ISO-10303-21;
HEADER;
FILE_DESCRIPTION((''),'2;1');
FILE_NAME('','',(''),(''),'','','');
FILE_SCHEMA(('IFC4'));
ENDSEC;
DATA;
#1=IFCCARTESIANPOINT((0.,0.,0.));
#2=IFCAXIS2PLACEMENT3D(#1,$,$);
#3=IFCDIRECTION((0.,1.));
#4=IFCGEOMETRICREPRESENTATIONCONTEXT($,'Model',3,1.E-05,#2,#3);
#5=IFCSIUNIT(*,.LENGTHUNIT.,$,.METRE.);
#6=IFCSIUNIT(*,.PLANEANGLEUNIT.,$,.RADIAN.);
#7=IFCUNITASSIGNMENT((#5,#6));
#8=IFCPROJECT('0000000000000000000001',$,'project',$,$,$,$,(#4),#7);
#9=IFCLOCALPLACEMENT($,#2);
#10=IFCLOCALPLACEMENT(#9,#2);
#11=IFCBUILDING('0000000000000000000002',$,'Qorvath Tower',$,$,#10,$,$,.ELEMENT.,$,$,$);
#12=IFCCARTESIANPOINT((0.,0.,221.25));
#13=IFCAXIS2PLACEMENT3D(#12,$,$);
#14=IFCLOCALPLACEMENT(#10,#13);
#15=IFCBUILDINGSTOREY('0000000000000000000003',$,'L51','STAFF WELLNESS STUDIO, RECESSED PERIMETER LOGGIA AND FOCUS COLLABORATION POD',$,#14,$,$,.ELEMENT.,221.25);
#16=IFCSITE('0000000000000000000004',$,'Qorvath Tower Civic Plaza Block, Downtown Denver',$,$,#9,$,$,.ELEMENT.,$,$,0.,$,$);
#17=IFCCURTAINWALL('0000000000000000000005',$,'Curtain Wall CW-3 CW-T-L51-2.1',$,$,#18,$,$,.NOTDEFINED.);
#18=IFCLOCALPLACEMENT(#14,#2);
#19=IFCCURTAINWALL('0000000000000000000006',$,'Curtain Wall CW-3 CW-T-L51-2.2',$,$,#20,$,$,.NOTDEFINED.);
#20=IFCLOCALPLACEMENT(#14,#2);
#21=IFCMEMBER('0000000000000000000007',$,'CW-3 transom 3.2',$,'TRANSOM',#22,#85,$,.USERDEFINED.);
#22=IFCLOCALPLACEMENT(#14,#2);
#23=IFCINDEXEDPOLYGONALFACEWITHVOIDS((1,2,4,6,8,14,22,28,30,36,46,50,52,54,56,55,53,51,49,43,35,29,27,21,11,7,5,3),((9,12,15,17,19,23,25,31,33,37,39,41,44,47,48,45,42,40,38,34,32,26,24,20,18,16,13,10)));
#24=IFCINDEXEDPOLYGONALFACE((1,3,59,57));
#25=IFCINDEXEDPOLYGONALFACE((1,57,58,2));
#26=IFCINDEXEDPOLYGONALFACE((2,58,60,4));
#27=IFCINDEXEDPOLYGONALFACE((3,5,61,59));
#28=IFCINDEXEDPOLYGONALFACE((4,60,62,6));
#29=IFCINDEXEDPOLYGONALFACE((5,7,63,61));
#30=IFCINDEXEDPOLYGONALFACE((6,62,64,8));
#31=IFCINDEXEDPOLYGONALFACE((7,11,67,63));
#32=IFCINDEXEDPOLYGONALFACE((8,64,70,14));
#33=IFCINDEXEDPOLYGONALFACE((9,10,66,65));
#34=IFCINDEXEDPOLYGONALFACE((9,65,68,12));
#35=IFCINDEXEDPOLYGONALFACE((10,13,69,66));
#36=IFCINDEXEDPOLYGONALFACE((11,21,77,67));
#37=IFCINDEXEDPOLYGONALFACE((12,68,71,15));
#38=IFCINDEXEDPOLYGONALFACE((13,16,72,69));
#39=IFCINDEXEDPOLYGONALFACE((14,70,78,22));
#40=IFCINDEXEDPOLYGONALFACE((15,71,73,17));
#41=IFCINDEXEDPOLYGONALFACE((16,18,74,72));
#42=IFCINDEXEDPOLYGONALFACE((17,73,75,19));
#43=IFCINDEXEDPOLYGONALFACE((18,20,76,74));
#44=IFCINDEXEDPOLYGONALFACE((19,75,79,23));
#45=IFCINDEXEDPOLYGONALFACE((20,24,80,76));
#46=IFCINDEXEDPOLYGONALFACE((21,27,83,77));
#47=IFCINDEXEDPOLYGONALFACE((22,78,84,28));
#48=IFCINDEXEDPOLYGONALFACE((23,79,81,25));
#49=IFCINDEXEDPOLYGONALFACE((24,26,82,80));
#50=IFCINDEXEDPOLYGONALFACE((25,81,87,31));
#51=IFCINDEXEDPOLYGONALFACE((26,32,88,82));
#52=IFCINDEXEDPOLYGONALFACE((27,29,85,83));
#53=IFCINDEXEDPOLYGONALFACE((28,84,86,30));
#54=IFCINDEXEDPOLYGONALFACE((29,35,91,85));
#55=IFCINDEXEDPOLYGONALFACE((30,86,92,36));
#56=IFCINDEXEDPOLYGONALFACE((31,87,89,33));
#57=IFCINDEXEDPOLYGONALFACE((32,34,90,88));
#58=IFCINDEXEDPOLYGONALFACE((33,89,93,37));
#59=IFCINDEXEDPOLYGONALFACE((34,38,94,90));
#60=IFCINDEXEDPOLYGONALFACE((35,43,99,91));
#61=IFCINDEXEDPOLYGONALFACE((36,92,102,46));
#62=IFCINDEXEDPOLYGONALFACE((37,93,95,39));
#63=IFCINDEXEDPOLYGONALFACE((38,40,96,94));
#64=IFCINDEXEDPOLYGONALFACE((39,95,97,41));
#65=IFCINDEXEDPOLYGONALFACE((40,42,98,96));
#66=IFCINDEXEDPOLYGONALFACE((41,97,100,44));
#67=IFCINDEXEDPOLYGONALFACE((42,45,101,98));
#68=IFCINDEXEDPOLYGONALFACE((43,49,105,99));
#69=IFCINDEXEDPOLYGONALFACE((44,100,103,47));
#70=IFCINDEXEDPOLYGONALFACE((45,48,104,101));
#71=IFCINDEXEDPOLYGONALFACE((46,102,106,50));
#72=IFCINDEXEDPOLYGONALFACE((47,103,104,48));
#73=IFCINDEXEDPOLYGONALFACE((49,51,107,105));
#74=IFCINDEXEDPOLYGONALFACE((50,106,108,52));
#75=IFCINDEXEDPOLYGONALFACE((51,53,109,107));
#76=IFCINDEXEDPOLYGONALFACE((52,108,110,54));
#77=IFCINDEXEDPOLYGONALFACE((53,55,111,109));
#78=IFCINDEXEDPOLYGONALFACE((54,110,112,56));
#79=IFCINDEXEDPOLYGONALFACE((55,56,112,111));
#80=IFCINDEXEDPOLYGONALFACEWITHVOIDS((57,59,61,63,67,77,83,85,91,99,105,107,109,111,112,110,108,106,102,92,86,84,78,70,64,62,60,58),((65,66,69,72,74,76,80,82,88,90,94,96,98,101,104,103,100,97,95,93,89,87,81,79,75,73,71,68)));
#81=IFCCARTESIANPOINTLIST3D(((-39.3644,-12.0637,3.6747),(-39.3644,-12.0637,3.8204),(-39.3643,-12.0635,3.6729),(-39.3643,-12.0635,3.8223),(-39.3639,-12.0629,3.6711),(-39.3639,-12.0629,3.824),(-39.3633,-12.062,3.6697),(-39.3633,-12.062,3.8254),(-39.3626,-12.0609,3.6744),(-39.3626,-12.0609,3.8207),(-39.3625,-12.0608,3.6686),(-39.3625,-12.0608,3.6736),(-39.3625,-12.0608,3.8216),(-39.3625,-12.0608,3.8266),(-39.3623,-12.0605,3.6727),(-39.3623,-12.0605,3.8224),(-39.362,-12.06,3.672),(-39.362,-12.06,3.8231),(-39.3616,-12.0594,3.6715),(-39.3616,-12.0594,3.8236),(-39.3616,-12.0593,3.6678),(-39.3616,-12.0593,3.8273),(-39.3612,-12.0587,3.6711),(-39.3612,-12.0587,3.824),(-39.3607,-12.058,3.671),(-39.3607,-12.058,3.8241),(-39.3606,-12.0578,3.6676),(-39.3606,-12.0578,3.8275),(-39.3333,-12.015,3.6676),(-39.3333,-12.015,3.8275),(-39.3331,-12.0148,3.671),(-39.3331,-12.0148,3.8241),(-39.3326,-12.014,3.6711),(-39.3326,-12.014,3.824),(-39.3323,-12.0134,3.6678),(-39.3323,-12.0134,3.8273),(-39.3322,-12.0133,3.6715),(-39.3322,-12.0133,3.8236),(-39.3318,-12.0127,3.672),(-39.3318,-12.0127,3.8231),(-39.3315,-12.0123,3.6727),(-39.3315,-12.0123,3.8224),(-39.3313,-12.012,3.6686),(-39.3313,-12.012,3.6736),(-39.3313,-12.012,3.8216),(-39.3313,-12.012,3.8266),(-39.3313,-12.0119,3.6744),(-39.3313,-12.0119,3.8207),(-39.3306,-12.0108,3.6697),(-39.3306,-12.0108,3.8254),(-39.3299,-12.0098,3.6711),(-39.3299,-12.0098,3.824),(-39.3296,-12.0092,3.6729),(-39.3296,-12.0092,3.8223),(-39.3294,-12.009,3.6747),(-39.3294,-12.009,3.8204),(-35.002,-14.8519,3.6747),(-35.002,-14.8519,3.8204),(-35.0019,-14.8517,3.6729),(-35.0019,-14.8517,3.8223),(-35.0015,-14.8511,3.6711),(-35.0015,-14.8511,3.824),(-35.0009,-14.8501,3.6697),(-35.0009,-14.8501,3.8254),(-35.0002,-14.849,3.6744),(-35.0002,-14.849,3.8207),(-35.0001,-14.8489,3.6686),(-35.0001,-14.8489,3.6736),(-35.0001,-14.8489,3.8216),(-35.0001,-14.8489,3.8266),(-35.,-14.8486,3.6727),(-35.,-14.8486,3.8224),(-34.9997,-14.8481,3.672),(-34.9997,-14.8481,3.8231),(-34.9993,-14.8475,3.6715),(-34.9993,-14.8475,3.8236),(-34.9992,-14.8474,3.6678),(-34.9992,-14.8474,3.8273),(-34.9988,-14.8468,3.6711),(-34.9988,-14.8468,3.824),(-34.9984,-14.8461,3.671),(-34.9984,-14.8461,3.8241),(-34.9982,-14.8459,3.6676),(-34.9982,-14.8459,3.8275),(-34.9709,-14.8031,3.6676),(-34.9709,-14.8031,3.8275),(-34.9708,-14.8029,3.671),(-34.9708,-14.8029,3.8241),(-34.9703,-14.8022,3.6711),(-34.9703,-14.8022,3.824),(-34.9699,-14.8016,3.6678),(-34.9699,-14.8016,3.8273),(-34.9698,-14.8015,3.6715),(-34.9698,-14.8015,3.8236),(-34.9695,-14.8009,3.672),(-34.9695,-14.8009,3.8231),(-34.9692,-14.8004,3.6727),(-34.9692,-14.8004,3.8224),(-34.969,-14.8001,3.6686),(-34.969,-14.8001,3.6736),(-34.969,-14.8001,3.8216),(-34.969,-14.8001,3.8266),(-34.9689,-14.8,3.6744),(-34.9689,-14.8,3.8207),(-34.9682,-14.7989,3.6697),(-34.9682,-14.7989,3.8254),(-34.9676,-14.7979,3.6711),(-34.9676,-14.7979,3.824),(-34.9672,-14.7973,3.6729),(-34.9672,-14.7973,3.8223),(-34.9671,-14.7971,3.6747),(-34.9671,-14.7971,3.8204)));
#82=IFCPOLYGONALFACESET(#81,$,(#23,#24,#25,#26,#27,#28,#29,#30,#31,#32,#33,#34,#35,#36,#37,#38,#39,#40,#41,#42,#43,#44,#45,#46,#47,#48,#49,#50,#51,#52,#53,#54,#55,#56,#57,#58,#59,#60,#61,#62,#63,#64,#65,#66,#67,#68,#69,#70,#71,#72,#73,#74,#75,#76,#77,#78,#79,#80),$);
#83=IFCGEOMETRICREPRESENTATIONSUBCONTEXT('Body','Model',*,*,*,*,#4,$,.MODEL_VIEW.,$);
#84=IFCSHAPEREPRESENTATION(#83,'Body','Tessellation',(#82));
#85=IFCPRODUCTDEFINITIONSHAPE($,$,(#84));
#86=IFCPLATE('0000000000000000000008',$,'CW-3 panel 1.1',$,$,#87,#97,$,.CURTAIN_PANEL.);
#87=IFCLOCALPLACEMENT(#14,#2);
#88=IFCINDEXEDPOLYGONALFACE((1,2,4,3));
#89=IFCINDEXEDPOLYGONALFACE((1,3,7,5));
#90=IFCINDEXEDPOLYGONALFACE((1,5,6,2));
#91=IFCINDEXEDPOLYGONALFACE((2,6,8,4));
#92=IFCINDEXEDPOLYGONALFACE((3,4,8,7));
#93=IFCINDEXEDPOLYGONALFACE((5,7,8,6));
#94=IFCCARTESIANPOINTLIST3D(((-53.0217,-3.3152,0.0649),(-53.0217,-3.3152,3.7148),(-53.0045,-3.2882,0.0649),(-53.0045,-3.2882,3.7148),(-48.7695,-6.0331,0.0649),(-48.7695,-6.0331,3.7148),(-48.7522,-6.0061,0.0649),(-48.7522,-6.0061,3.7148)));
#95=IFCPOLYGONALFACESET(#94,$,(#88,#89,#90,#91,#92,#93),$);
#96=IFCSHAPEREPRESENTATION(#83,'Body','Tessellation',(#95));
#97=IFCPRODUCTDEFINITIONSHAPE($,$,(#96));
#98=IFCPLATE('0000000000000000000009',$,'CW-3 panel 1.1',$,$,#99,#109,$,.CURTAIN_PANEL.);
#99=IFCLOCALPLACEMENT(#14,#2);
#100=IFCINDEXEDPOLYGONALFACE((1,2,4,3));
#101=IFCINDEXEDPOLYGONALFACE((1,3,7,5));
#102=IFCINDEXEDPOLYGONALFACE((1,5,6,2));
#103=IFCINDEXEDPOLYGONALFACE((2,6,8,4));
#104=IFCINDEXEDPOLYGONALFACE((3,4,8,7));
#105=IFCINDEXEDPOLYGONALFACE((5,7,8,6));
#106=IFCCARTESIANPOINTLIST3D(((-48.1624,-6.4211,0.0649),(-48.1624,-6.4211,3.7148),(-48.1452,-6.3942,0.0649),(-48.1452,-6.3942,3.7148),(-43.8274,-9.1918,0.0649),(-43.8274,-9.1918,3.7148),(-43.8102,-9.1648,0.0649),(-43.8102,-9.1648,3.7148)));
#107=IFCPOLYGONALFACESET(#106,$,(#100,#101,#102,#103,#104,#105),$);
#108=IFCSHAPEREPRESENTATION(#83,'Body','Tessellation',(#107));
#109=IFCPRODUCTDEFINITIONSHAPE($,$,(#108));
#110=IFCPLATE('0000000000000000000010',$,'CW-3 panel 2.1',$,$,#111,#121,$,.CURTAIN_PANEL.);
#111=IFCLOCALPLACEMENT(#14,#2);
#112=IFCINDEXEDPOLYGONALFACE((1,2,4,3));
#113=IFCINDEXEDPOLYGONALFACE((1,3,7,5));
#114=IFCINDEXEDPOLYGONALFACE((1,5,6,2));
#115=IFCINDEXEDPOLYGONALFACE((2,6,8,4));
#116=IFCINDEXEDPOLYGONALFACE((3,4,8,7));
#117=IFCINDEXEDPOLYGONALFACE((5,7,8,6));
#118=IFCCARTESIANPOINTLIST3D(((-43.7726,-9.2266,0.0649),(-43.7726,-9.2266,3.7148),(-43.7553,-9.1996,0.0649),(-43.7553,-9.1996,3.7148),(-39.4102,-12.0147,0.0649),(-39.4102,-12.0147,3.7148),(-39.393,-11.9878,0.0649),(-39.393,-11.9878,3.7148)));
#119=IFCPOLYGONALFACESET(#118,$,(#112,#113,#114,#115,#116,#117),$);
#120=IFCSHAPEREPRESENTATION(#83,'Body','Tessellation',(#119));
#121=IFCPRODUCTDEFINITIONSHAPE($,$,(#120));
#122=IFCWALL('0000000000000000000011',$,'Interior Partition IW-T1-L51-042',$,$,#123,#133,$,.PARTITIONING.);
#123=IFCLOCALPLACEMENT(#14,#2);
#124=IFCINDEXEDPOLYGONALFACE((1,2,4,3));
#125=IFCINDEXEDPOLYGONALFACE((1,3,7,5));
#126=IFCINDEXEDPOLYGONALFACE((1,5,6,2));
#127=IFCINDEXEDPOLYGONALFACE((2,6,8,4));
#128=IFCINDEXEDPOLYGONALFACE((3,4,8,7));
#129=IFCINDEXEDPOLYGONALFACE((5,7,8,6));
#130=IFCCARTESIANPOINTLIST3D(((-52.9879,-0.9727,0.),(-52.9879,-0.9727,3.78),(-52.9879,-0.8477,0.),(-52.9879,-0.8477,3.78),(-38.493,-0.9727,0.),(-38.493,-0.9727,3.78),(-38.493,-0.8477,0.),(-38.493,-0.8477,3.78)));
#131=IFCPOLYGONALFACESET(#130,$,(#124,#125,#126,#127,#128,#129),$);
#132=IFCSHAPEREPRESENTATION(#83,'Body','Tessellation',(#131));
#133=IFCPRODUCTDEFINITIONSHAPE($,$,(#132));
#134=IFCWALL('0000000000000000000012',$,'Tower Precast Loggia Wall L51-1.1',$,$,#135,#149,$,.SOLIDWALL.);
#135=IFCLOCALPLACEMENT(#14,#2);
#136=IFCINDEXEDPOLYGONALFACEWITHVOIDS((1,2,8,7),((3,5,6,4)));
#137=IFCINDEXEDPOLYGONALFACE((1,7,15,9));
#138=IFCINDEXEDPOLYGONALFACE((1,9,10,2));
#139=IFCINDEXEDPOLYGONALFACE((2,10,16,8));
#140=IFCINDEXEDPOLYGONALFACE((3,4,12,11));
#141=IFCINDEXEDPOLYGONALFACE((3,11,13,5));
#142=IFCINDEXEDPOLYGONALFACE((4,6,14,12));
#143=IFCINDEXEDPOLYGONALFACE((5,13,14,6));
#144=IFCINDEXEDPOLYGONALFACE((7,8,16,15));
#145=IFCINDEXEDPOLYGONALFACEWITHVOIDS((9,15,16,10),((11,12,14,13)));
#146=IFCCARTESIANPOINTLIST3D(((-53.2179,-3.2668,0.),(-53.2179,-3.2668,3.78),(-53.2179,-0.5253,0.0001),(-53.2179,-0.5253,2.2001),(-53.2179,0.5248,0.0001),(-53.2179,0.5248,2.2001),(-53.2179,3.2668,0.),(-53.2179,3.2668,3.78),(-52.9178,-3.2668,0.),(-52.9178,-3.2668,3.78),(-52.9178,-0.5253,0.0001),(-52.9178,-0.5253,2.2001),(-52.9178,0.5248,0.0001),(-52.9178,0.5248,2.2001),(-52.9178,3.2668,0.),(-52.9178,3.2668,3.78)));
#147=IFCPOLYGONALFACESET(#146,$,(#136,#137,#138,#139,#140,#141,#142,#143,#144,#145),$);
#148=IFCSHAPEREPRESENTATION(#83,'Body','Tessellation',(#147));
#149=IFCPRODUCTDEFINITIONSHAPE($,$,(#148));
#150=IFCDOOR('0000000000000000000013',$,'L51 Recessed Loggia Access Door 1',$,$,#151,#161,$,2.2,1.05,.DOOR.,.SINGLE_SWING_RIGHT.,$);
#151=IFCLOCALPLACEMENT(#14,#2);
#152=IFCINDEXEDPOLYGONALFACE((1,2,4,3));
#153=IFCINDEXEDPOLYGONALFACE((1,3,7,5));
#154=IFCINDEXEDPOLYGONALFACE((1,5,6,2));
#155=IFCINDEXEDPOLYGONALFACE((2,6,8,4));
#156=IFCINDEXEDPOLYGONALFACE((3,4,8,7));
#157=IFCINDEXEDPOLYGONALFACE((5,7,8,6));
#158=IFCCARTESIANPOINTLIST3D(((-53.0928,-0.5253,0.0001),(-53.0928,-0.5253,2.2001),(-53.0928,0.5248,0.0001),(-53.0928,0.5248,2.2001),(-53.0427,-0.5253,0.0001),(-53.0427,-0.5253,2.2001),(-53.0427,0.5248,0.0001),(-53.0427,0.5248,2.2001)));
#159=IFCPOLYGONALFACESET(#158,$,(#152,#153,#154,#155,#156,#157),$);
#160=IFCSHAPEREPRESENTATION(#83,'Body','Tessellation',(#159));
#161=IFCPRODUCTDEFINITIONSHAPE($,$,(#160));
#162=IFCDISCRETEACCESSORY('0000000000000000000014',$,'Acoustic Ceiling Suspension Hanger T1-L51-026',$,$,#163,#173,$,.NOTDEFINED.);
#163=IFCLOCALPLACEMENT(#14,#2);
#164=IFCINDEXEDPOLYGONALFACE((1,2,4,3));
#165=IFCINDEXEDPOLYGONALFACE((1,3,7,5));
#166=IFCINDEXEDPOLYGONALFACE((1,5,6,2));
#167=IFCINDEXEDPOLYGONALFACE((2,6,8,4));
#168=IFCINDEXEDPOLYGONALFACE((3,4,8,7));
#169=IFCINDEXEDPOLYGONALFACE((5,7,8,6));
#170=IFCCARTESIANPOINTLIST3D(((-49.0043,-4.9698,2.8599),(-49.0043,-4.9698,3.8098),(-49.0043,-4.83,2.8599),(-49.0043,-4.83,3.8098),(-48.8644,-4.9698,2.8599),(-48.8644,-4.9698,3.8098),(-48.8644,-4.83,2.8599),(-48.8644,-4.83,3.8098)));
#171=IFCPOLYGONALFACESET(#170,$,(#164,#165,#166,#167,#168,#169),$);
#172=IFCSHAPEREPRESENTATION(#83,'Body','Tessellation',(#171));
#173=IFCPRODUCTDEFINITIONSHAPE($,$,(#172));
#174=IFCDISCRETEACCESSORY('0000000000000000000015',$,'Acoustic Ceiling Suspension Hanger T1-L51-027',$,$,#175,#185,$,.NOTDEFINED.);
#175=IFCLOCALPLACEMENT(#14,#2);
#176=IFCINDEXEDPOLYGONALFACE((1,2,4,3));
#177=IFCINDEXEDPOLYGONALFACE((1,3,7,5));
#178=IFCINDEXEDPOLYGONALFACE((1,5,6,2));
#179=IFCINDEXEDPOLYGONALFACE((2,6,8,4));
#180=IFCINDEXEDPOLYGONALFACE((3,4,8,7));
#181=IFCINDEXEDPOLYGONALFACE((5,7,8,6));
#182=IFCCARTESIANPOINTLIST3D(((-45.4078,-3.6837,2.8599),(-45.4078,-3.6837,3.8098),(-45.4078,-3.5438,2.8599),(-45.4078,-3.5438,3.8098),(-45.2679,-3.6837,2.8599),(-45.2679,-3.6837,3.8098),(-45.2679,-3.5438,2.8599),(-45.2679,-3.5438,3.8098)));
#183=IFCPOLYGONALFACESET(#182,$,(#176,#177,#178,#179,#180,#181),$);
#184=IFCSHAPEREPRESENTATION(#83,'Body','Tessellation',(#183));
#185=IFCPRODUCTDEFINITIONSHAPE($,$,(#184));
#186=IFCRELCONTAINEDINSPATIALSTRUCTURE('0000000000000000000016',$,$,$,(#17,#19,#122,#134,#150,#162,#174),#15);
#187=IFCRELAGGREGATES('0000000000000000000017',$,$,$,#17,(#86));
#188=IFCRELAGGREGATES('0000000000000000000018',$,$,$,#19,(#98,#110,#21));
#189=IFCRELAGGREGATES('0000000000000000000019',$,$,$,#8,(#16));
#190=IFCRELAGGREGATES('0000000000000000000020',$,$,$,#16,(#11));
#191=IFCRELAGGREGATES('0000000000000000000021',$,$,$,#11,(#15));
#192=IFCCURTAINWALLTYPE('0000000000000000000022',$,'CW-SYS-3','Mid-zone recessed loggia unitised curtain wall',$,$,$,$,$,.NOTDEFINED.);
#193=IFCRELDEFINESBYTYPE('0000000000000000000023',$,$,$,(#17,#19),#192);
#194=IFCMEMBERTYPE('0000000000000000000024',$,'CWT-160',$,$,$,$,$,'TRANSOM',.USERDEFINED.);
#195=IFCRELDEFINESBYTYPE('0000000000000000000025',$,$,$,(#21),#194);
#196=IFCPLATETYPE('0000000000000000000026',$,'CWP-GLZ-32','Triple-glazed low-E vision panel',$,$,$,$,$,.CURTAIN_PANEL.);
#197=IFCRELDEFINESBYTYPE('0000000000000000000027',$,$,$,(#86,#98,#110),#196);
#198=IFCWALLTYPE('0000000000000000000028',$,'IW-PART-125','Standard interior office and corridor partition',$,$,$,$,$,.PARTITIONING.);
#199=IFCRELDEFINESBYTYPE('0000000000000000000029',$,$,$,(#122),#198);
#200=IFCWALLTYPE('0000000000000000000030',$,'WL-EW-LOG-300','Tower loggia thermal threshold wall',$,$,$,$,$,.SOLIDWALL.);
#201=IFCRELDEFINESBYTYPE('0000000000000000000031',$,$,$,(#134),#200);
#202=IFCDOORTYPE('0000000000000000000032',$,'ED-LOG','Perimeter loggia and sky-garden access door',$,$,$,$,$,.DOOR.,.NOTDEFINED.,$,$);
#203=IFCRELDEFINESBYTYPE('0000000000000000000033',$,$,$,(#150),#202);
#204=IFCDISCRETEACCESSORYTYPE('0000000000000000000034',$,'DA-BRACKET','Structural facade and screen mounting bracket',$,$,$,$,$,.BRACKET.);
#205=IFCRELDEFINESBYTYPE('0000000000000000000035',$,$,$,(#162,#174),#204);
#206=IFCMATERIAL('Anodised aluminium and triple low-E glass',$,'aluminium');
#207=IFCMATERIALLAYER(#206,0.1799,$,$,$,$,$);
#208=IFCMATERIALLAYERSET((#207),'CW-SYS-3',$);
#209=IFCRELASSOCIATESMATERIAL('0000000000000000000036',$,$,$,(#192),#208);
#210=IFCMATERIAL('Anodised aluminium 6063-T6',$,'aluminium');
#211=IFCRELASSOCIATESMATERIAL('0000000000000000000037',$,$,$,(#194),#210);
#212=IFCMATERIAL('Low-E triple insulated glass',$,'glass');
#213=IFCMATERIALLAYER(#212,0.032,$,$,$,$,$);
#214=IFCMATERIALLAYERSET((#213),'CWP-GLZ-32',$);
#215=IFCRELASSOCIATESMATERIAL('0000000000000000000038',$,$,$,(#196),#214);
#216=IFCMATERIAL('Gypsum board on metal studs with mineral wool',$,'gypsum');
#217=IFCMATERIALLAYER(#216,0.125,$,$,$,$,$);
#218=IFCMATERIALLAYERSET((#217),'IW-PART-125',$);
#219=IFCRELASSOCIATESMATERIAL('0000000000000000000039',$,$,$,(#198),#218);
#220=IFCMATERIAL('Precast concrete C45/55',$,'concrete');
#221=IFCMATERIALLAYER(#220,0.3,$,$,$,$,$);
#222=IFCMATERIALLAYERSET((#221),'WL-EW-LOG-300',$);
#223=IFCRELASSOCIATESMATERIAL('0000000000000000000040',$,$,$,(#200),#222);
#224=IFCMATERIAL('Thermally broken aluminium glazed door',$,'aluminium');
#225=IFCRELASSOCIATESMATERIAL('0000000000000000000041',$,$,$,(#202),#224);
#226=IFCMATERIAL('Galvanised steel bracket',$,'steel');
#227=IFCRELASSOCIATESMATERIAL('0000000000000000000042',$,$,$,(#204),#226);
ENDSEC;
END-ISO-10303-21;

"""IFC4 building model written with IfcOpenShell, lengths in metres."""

from ifc_helpers import new_model, si_unit, direction, frame, frame_2d, origin, origin_2d, place, context, subcontext, project, spatial, rectangle, hollow_rectangle, extrude, material, layer, layer_set, material_profile, profile_set, type_object, element, fill, aggregate, save


model = new_model("IFC4")

# Units and contexts
model_context = context("Model", 3, precision=1e-05, world=origin(), true_north=direction((0.0, 1.0)))
body_context = subcontext(model_context, "Body", "Model", "MODEL_VIEW")
ifc_project = project(units=[si_unit("LENGTHUNIT", "METRE"), si_unit("PLANEANGLEUNIT", "RADIAN")], contexts=[model_context])

# Site, building, storey
site_placement = place(None, origin())
site = spatial("IfcSite", under=ifc_project, at=site_placement, Name="Qorvath Tower Civic Plaza Block, Downtown Denver", CompositionType="ELEMENT", RefElevation=0.0)
building_placement = place(site_placement, origin())
building = spatial("IfcBuilding", under=site, at=building_placement, Name="Qorvath Tower", CompositionType="ELEMENT")
storey_placement = place(building_placement, frame((0.0, 0.0, 221.25)))
storey = spatial("IfcBuildingStorey", under=building, at=storey_placement, Name="L51", Description="STAFF WELLNESS STUDIO, RECESSED PERIMETER LOGGIA AND FOCUS COLLABORATION POD", CompositionType="ELEMENT", Elevation=221.25)

# Curtain walls
ifc_material_1 = material(Name="Anodised aluminium and triple low-E glass", Category="aluminium")
ifc_layer_1 = layer(ifc_material_1, 0.1799)
ifc_layer_set_1 = layer_set([ifc_layer_1], Name="CW-SYS-3")
curtain_wall_type = type_object("IfcCurtainWallType", Name="CW-SYS-3", Description="Mid-zone recessed loggia unitised curtain wall", PredefinedType="NOTDEFINED", material=ifc_layer_set_1)
curtain_wall_1_placement = place(storey_placement, origin())
curtain_wall_1 = element("IfcCurtainWall", 1, at=curtain_wall_1_placement, inside=storey, type_object=curtain_wall_type, Name="Curtain Wall CW-3 CW-T-L51-2.1", PredefinedType="NOTDEFINED")
curtain_wall_2_placement = place(storey_placement, origin())
curtain_wall_2 = element("IfcCurtainWall", 2, at=curtain_wall_2_placement, inside=storey, type_object=curtain_wall_type, Name="Curtain Wall CW-3 CW-T-L51-2.2", PredefinedType="NOTDEFINED")

# Member
ifc_material_2 = material(Name="Anodised aluminium 6063-T6", Category="aluminium")
ifc_material_profile_1 = material_profile(ifc_material_2, hollow_rectangle(XDim=0.0649, YDim=0.1599, WallThickness=0.0034, InnerFilletRadius=0.0034, OuterFilletRadius=0.0071, at=origin_2d()), Name="CWT 160x65")
ifc_profile_set_1 = profile_set([ifc_material_profile_1], Name="Anodised aluminium 6063-T6")
member_type_1 = type_object("IfcMemberType", Name="CWT-160", ElementType="TRANSOM", PredefinedType="USERDEFINED", material=ifc_profile_set_1)
member_1_placement = place(storey_placement, frame((-39.3469, -12.0364, 3.7476), z_axis=(0.842604, -0.538534, 0.0), x_axis=(0.538534, 0.842604, 0.0)))
member_1 = element("IfcMember", 3, at=member_1_placement, type_object=member_type_1, Name="CW-3 transom 3.2", ObjectType="TRANSOM", PredefinedType="USERDEFINED", context=body_context, shape_type="SweptSolid", body=[
    extrude(hollow_rectangle(XDim=0.0649, YDim=0.1599, WallThickness=0.0034, InnerFilletRadius=0.0034, OuterFilletRadius=0.0071, at=origin_2d()), origin(), (0.0, 0.0, 1.0), 5.1772),
])

# Plates
ifc_material_3 = material(Name="Low-E triple insulated glass", Category="glass")
ifc_layer_2 = layer(ifc_material_3, 0.032)
ifc_layer_set_2 = layer_set([ifc_layer_2], Name="CWP-GLZ-32")
plate_type = type_object("IfcPlateType", Name="CWP-GLZ-32", Description="Triple-glazed low-E vision panel", PredefinedType="CURTAIN_PANEL", material=ifc_layer_set_2)
plate_1_placement = place(storey_placement, frame((-50.887, -4.6606, 0.0649), z_axis=(0.0, 0.0, 1.0), x_axis=(0.842592, -0.538553, 0.0)))
plate_1 = element("IfcPlate", 4, at=plate_1_placement, type_object=plate_type, Name="CW-3 panel 1.1", PredefinedType="CURTAIN_PANEL", context=body_context, shape_type="SweptSolid", body=[
    extrude(rectangle(XDim=5.0466, YDim=0.032, at=origin_2d()), origin(), (0.0, 0.0, 1.0), 3.6499),
])
aggregate(curtain_wall_1, [plate_1])
plate_2_placement = place(storey_placement, frame((-45.9863, -7.793, 0.0649), z_axis=(0.0, 0.0, 1.0), x_axis=(0.842603, -0.538535, 0.0)))
plate_2 = element("IfcPlate", 5, at=plate_2_placement, type_object=plate_type, Name="CW-3 panel 1.1", PredefinedType="CURTAIN_PANEL", context=body_context, shape_type="SweptSolid", body=[
    extrude(rectangle(XDim=5.1448, YDim=0.032, at=origin_2d()), origin(), (0.0, 0.0, 1.0), 3.6499),
])
plate_3_placement = place(storey_placement, frame((-41.5828, -10.6072, 0.0649), z_axis=(0.0, 0.0, 1.0), x_axis=(0.842603, -0.538535, 0.0)))
plate_3 = element("IfcPlate", 6, at=plate_3_placement, type_object=plate_type, Name="CW-3 panel 2.1", PredefinedType="CURTAIN_PANEL", context=body_context, shape_type="SweptSolid", body=[
    extrude(rectangle(XDim=5.1772, YDim=0.032, at=origin_2d()), origin(), (0.0, 0.0, 1.0), 3.6499),
])
aggregate(curtain_wall_2, [plate_2, plate_3, member_1])

# Wall
ifc_material_4 = material(Name="Gypsum board on metal studs with mineral wool", Category="gypsum")
ifc_layer_3 = layer(ifc_material_4, 0.125)
ifc_layer_set_3 = layer_set([ifc_layer_3], Name="IW-PART-125")
wall_type_1 = type_object("IfcWallType", Name="IW-PART-125", Description="Standard interior office and corridor partition", PredefinedType="PARTITIONING", material=ifc_layer_set_3)
wall_1_placement = place(storey_placement, frame((-38.4929, -0.9102, 0.0), z_axis=(0.0, 0.0, 1.0), x_axis=(-1.0, 0.0, 0.0)))
element("IfcWall", 7, at=wall_1_placement, inside=storey, type_object=wall_type_1, Name="Interior Partition IW-T1-L51-042", PredefinedType="PARTITIONING", context=body_context, shape_type="SweptSolid", body=[
    extrude(rectangle(XDim=14.4949, YDim=0.125, at=frame_2d((7.2476, 0.0))), origin(), (0.0, 0.0, 1.0), 3.78),
])

# Wall, opening, door
ifc_material_5 = material(Name="Precast concrete C45/55", Category="concrete")
ifc_layer_4 = layer(ifc_material_5, 0.3)
ifc_layer_set_4 = layer_set([ifc_layer_4], Name="WL-EW-LOG-300")
wall_type_2 = type_object("IfcWallType", Name="WL-EW-LOG-300", Description="Tower loggia thermal threshold wall", PredefinedType="SOLIDWALL", material=ifc_layer_set_4)
wall_2_placement = place(storey_placement, frame((-53.0679, -3.2668, 0.0), z_axis=(0.0, 0.0, 1.0), x_axis=(0.0, 1.0, 0.0)))
wall_2 = element("IfcWall", 8, at=wall_2_placement, inside=storey, type_object=wall_type_2, Name="Tower Precast Loggia Wall L51-1.1", PredefinedType="SOLIDWALL", context=body_context, shape_type="SweptSolid", body=[
    extrude(rectangle(XDim=6.5337, YDim=0.3, at=frame_2d((3.2668, 0.0))), origin(), (0.0, 0.0, 1.0), 3.78),
])
opening_placement = place(wall_2_placement, frame((2.7417, 0.0, 0.0)))
opening = element("IfcOpeningElement", 9, at=opening_placement, cuts=wall_2, PredefinedType="OPENING", context=body_context, shape_type="SweptSolid", body=[
    extrude(rectangle(XDim=1.05, YDim=2.2, at=frame_2d((0.5249, 1.1001))), frame((0.0, 0.1602, 0.0), z_axis=(0.0, -1.0, 0.0), x_axis=(1.0, 0.0, 0.0)), (0.0, 0.0, 1.0), 0.3201),
])
ifc_material_6 = material(Name="Thermally broken aluminium glazed door", Category="aluminium")
door_type = type_object("IfcDoorType", Name="ED-LOG", Description="Perimeter loggia and sky-garden access door", OperationType="NOTDEFINED", PredefinedType="DOOR", material=ifc_material_6)
door_placement = place(opening_placement, origin())
door = element("IfcDoor", 10, at=door_placement, inside=storey, type_object=door_type, Name="L51 Recessed Loggia Access Door 1", OperationType="SINGLE_SWING_RIGHT", OverallHeight=2.2, OverallWidth=1.05, PredefinedType="DOOR", context=body_context, shape_type="SweptSolid", body=[
    extrude(rectangle(XDim=1.05, YDim=2.2, at=frame_2d((0.5249, 1.1001))), frame((0.0, 0.0249, 0.0), z_axis=(0.0, -1.0, 0.0), x_axis=(1.0, 0.0, 0.0)), (0.0, 0.0, 1.0), 0.05),
])
fill(opening, door)

# Discrete accessories
ifc_material_7 = material(Name="Galvanised steel bracket", Category="steel")
discrete_accessory_type = type_object("IfcDiscreteAccessoryType", Name="DA-BRACKET", Description="Structural facade and screen mounting bracket", PredefinedType="BRACKET", material=ifc_material_7)
for number, where, z_axis, x_axis, name in (
    (11, (-48.9343, -4.8999, 2.8599), (0.0, 0.0, 1.0), (1.0, 0.0, 0.0), "Acoustic Ceiling Suspension Hanger T1-L51-026"),
    (12, (-45.3379, -3.6138, 2.8599), (0.0, 0.0, 1.0), (1.0, 0.0, 0.0), "Acoustic Ceiling Suspension Hanger T1-L51-027"),
):
    element("IfcDiscreteAccessory", number, at=place(storey_placement, frame(where, z_axis=z_axis, x_axis=x_axis)), inside=storey, type_object=discrete_accessory_type, Name=name, PredefinedType="NOTDEFINED", context=body_context, shape_type="SweptSolid", body=[
        extrude(rectangle(XDim=0.1399, YDim=0.1399, at=origin_2d()), origin(), (0.0, 0.0, 1.0), 0.95),
    ])

save(model, "model.ifc")
